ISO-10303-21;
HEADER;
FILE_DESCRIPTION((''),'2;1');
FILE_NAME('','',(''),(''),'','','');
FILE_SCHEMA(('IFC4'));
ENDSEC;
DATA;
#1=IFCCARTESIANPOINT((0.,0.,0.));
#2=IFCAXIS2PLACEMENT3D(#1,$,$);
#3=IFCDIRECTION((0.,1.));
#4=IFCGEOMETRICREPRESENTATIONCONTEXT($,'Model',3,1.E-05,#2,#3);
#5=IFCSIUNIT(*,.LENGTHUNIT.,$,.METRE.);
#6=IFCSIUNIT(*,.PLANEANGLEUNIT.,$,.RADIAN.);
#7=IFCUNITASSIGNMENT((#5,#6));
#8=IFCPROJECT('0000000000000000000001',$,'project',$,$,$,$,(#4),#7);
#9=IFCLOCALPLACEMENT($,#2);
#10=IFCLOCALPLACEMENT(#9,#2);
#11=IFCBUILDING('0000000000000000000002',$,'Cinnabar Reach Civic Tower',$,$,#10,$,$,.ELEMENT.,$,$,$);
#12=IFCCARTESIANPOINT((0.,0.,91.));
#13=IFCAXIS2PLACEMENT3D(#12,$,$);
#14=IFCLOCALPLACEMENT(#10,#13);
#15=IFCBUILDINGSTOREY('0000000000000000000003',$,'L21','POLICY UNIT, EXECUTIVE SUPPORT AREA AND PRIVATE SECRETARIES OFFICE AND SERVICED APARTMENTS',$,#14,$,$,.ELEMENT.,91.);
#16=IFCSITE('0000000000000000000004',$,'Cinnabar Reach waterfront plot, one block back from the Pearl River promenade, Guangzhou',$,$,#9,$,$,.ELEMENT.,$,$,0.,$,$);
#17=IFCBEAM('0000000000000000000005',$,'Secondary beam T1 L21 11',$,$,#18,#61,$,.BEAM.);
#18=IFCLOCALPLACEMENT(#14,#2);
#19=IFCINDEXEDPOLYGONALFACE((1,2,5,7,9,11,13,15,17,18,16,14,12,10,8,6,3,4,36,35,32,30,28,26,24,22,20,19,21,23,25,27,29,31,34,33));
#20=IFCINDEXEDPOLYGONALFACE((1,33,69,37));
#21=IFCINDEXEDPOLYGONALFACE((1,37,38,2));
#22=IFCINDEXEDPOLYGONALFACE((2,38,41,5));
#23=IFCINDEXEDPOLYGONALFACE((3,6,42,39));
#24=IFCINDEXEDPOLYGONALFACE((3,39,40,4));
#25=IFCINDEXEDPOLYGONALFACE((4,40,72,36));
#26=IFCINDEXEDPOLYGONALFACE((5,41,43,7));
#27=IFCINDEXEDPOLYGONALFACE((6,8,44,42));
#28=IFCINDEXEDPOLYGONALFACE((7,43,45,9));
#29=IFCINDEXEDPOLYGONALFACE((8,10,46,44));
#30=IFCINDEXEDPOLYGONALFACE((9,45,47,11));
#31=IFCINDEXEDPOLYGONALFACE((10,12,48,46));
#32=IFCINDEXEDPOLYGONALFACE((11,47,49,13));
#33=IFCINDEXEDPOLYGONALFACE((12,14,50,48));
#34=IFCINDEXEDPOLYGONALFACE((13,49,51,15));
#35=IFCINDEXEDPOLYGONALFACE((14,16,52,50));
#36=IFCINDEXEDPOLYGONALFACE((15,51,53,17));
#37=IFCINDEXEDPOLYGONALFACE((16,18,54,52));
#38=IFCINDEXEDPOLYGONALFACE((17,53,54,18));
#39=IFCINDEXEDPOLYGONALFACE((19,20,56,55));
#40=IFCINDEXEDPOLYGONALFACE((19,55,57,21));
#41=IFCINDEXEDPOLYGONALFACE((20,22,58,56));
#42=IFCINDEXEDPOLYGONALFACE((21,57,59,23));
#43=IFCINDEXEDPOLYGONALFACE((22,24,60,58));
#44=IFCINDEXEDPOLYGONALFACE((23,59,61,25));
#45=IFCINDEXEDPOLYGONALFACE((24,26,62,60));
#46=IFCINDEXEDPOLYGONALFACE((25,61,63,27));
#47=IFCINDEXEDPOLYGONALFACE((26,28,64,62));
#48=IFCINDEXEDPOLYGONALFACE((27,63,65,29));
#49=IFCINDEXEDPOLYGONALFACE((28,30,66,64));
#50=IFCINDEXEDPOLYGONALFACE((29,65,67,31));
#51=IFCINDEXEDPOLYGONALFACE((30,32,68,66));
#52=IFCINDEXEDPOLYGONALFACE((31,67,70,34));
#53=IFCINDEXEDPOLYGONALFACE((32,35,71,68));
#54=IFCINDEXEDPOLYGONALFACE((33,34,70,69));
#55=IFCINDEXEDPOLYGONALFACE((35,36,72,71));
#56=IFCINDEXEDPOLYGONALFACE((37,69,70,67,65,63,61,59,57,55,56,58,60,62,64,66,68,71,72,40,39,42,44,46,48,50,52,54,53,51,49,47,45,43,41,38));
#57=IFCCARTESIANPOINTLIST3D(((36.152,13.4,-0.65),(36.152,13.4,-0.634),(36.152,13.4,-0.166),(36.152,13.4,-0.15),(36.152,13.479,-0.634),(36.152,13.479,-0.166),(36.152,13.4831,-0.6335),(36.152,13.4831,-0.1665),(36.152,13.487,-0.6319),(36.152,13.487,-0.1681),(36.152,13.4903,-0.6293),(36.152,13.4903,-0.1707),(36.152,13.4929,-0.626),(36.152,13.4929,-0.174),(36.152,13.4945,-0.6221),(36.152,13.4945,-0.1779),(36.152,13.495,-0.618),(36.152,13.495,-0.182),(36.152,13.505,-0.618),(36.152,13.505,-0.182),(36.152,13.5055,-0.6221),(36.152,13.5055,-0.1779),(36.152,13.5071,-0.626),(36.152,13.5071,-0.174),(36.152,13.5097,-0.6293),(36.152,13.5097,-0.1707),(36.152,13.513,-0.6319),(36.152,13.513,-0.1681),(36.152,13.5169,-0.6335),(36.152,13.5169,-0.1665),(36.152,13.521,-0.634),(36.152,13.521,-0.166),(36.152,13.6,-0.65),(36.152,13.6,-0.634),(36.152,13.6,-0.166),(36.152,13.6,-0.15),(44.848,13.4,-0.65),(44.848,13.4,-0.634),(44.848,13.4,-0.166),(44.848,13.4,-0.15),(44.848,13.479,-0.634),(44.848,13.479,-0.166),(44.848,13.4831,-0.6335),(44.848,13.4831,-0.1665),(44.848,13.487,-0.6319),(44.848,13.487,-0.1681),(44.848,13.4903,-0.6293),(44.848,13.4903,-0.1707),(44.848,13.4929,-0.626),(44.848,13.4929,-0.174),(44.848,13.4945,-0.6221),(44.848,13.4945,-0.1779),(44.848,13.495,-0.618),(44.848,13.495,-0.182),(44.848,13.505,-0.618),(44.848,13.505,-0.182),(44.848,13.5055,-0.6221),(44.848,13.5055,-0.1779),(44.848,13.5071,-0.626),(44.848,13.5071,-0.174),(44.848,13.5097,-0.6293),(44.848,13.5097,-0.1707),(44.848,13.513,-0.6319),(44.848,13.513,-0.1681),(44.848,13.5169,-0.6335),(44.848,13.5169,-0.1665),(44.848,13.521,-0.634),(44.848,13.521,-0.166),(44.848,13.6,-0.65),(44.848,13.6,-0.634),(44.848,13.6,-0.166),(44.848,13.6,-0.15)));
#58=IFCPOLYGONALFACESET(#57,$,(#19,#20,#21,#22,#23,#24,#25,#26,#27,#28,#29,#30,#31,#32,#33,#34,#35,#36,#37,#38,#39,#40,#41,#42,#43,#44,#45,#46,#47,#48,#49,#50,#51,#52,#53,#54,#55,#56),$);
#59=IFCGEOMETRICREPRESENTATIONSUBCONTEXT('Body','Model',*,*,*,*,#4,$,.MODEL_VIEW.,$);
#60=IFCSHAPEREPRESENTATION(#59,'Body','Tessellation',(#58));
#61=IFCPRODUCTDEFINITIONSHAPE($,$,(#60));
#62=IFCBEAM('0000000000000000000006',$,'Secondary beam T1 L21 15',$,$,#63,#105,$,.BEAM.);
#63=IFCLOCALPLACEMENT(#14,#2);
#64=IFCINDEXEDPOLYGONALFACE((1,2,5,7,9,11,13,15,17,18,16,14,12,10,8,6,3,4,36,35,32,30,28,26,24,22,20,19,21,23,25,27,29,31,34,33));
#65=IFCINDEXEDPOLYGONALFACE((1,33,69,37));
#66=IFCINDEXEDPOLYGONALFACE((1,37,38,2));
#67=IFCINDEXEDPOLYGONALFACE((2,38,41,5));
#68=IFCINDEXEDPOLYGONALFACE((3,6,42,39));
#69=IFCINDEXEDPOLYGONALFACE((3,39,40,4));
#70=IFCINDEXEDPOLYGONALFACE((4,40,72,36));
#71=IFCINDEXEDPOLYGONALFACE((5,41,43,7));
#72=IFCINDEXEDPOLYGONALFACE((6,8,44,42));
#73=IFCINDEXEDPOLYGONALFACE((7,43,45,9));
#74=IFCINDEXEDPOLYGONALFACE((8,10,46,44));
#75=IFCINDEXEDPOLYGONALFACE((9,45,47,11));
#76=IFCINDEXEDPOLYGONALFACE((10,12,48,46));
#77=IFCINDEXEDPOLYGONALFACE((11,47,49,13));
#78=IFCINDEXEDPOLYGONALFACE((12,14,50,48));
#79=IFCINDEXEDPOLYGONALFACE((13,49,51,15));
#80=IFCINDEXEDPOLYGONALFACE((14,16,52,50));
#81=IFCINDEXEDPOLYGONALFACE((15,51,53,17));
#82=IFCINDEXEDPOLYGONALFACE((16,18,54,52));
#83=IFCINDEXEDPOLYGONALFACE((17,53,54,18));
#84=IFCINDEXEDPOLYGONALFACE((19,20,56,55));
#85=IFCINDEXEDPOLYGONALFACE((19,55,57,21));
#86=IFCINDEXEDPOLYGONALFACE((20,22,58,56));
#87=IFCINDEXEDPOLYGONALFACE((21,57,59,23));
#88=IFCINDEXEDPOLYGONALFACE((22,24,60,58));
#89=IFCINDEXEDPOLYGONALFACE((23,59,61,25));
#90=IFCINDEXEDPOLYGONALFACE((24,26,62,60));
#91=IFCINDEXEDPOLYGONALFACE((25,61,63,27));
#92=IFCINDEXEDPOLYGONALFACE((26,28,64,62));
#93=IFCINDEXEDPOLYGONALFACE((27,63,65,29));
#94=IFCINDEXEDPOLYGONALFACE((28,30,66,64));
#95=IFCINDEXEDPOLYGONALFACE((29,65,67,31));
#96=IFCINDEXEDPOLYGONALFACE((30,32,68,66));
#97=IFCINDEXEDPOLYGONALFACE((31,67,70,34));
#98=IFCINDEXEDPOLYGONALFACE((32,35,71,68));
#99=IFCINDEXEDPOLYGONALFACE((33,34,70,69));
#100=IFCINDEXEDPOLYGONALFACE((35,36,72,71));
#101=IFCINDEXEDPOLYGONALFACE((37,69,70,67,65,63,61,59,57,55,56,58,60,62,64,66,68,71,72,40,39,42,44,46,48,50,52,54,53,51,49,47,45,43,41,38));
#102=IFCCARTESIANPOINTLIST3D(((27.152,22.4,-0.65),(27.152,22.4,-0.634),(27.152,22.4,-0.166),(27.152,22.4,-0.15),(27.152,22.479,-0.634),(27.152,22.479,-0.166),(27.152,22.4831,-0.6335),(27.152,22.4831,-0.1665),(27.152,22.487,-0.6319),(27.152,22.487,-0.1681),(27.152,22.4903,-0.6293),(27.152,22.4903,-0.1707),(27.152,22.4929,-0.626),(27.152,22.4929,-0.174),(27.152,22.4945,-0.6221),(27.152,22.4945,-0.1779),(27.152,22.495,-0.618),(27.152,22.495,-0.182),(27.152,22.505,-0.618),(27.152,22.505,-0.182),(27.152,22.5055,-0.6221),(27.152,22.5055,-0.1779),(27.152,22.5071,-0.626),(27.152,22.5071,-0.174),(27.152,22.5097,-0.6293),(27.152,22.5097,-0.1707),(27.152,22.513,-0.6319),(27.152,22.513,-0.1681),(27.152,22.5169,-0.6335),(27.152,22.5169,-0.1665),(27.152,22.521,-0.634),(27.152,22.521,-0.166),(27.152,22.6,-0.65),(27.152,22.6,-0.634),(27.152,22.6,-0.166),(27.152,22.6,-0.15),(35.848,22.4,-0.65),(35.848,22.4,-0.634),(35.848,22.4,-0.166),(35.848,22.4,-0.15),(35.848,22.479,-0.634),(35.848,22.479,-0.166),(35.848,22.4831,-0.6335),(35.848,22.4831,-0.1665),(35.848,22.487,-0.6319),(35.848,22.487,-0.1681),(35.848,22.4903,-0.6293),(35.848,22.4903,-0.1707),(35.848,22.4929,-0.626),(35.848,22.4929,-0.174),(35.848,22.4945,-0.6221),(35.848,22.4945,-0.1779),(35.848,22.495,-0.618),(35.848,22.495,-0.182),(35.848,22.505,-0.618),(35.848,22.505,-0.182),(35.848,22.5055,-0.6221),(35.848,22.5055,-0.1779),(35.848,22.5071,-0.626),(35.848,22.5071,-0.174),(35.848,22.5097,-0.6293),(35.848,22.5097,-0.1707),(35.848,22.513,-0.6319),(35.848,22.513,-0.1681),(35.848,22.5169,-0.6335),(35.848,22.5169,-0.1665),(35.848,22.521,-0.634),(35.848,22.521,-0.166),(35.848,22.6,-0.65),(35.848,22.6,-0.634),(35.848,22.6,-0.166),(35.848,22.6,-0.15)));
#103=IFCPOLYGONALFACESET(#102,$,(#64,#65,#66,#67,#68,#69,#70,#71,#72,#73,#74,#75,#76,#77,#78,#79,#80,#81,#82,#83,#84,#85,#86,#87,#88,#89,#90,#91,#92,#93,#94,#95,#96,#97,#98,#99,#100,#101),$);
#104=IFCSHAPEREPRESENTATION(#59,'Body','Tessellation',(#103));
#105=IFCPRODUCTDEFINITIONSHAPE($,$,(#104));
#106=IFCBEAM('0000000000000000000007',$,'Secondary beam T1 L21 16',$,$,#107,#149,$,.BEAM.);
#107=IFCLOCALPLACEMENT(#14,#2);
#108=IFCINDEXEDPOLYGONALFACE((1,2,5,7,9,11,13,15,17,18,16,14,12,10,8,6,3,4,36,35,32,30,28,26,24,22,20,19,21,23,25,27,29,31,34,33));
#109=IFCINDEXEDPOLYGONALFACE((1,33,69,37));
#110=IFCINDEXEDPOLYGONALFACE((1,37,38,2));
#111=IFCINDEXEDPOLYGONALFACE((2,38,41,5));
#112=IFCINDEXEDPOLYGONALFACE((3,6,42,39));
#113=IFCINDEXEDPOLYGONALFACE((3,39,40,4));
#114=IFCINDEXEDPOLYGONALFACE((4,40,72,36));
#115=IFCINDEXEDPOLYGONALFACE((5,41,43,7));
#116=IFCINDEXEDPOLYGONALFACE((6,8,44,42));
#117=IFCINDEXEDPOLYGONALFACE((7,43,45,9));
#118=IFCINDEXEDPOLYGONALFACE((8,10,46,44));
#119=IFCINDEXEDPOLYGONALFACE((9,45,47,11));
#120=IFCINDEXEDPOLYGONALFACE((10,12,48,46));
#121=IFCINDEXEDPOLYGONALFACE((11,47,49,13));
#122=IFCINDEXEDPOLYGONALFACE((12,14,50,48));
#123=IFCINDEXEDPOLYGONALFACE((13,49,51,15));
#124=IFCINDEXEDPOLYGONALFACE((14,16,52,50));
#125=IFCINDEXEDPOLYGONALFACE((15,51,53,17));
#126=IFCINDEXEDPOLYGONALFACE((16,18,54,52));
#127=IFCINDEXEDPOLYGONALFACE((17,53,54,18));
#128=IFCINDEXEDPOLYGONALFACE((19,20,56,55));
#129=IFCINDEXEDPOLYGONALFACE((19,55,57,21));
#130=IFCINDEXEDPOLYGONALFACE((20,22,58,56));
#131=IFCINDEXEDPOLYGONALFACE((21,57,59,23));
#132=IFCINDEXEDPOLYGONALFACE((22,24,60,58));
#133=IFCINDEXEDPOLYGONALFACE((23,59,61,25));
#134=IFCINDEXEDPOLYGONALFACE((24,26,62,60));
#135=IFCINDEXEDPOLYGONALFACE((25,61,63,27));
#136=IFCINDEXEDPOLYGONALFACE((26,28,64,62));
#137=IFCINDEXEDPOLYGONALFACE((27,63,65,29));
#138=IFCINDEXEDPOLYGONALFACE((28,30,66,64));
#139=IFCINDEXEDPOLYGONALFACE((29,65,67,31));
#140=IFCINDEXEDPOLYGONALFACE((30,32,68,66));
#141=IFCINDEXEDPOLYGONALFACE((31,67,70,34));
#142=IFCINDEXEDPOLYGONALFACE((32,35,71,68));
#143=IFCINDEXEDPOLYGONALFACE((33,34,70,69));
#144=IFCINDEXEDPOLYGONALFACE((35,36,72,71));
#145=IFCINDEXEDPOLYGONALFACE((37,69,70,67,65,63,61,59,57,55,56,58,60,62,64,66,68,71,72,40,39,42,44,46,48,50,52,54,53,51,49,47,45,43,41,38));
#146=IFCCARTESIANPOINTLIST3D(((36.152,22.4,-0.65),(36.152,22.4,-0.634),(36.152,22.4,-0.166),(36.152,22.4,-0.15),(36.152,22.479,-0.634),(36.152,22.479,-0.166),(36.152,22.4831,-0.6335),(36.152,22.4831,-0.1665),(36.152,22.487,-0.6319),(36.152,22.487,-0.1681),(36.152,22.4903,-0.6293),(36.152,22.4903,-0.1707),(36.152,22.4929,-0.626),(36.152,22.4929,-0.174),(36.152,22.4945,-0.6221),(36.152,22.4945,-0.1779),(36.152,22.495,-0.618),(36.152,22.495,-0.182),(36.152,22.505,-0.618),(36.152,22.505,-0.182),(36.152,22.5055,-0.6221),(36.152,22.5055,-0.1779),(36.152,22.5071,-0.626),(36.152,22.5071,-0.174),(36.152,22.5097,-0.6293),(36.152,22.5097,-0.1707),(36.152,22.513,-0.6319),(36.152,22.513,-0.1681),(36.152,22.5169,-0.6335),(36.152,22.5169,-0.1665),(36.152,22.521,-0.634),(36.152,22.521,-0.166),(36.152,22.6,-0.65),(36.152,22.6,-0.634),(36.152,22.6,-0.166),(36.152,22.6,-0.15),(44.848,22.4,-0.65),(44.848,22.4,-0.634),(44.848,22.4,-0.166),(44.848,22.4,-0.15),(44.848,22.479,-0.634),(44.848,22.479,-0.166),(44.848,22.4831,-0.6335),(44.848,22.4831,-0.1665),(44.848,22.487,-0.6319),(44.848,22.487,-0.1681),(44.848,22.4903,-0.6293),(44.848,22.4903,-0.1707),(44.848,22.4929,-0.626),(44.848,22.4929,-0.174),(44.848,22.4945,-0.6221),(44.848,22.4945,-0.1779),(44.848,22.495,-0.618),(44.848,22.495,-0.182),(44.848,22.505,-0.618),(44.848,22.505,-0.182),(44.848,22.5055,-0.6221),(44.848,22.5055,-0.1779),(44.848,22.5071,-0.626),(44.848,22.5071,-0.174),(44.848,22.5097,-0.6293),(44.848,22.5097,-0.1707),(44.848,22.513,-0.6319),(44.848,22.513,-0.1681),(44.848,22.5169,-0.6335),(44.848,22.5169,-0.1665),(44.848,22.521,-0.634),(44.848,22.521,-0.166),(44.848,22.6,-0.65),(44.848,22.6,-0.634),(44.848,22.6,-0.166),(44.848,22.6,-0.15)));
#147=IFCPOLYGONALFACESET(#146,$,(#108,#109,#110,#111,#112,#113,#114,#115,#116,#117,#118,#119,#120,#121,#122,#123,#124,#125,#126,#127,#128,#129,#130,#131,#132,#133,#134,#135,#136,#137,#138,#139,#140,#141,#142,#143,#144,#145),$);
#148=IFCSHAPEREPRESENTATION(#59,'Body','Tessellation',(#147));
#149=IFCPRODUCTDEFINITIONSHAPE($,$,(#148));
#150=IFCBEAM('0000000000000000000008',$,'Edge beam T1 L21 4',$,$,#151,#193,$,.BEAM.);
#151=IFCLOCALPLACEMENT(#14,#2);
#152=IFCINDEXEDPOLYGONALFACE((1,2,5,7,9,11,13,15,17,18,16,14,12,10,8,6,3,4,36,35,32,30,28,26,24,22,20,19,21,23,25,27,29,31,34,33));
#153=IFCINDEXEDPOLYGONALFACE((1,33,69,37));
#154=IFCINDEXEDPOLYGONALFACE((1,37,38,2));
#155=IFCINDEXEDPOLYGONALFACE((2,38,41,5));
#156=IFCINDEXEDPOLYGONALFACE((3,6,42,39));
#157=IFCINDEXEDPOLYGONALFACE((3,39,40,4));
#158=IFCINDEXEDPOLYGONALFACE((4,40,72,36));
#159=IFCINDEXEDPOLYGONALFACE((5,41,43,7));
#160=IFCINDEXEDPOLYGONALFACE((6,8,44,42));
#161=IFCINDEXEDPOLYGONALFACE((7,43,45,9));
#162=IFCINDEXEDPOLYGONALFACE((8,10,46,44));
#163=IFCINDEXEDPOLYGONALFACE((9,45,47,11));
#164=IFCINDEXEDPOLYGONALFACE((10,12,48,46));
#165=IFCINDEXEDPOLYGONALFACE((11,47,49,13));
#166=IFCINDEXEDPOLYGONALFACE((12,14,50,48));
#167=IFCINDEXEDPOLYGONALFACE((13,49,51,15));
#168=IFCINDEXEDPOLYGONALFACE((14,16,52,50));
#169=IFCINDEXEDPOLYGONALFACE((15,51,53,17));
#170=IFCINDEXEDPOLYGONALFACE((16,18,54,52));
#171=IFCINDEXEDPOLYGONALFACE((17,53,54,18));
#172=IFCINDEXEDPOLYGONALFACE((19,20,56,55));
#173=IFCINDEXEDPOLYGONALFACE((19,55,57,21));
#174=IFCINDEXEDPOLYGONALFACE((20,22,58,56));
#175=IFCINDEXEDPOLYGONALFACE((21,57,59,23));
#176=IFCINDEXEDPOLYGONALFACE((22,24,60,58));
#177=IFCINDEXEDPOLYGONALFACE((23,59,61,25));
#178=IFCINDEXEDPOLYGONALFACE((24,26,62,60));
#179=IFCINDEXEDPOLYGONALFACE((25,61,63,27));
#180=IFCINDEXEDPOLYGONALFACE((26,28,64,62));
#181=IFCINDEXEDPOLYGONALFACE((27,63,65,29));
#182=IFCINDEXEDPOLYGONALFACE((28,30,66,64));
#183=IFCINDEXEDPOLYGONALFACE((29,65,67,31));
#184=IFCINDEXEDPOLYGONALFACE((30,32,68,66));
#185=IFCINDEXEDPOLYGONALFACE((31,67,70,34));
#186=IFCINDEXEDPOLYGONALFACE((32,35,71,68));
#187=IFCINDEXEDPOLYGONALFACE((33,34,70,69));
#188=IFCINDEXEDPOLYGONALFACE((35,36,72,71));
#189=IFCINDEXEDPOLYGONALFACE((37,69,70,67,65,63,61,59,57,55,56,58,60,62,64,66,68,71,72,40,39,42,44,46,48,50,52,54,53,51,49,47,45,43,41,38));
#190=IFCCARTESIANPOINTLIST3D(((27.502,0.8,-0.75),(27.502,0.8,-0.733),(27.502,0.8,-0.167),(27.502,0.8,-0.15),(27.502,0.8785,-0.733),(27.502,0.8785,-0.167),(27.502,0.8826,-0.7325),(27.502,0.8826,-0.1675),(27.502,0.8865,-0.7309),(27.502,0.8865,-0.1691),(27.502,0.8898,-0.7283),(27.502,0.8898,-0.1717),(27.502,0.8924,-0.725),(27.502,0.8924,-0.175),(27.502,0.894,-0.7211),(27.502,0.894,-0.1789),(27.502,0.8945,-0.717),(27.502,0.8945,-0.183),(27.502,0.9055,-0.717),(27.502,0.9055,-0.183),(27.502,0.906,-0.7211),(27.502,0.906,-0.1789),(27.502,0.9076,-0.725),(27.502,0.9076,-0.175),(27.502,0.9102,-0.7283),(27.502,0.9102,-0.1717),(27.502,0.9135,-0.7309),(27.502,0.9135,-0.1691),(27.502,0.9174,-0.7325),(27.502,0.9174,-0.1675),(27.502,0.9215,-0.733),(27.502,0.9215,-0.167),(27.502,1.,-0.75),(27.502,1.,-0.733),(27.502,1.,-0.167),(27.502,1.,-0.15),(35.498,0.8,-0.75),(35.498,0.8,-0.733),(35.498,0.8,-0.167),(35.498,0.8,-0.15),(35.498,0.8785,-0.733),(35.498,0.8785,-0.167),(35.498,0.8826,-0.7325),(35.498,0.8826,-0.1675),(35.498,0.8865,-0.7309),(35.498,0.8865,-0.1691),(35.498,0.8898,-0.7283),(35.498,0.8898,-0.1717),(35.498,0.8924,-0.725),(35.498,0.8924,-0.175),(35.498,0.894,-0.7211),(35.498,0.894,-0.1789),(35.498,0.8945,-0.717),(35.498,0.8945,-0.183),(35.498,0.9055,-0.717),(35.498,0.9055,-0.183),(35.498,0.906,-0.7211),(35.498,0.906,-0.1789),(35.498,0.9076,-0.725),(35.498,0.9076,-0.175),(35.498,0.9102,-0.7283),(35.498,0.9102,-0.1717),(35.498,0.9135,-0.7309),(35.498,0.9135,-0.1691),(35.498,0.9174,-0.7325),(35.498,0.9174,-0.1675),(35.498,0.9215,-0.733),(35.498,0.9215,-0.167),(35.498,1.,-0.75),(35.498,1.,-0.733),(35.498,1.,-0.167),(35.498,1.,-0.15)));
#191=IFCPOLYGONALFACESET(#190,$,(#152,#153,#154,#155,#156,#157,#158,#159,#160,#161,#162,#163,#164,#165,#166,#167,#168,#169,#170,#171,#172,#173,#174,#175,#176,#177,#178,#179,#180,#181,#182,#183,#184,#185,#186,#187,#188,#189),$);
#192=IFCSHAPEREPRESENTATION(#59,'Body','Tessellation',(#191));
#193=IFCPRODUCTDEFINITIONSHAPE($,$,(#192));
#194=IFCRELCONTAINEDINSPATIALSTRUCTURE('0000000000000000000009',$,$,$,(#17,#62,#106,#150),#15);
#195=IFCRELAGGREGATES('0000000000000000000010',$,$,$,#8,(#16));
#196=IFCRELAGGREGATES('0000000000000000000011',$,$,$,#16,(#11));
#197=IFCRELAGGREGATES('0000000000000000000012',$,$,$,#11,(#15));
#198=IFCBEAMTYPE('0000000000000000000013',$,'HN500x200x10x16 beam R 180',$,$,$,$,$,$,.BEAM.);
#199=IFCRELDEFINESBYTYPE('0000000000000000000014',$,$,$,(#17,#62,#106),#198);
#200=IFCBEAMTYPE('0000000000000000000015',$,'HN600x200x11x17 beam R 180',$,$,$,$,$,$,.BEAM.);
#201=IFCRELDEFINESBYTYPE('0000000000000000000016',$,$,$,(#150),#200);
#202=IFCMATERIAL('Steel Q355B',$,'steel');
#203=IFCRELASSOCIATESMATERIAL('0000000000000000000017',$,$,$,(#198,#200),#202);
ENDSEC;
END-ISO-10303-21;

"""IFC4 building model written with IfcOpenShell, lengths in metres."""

from ifc_helpers import new_model, si_unit, direction, frame, origin, origin_2d, place, context, subcontext, project, spatial, i_section, extrude, material, material_profile, profile_set, type_object, element, save


model = new_model("IFC4")

# Units and contexts
model_context = context("Model", 3, precision=1e-05, world=origin(), true_north=direction((0.0, 1.0)))
body_context = subcontext(model_context, "Body", "Model", "MODEL_VIEW")
ifc_project = project(units=[si_unit("LENGTHUNIT", "METRE"), si_unit("PLANEANGLEUNIT", "RADIAN")], contexts=[model_context])

# Site, building, storey
site_placement = place(None, origin())
site = spatial("IfcSite", under=ifc_project, at=site_placement, Name="Cinnabar Reach waterfront plot, one block back from the Pearl River promenade, Guangzhou", CompositionType="ELEMENT", RefElevation=0.0)
building_placement = place(site_placement, origin())
building = spatial("IfcBuilding", under=site, at=building_placement, Name="Cinnabar Reach Civic Tower", CompositionType="ELEMENT")
storey_placement = place(building_placement, frame((0.0, 0.0, 91.0)))
storey = spatial("IfcBuildingStorey", under=building, at=storey_placement, Name="L21", Description="POLICY UNIT, EXECUTIVE SUPPORT AREA AND PRIVATE SECRETARIES OFFICE AND SERVICED APARTMENTS", CompositionType="ELEMENT", Elevation=91.0)

# Beams
ifc_material_1 = material(Name="Steel Q355B", Category="steel")
ifc_material_profile_1 = material_profile(ifc_material_1, i_section(OverallWidth=0.2, OverallDepth=0.5, WebThickness=0.01, FlangeThickness=0.016, FilletRadius=0.016, at=origin_2d()), Name="HN500x200x10x16")
ifc_profile_set_1 = profile_set([ifc_material_profile_1], Name="Steel Q355B")
beam_type_1 = type_object("IfcBeamType", Name="HN500x200x10x16 beam R 180", PredefinedType="BEAM", material=ifc_profile_set_1)
for number, where, z_axis, x_axis, name in (
    (1, (36.152, 13.5, -0.4), (1.0, 0.0, 0.0), (0.0, 1.0, 0.0), "Secondary beam T1 L21 11"),
    (2, (27.152, 22.5, -0.4), (1.0, 0.0, 0.0), (0.0, 1.0, 0.0), "Secondary beam T1 L21 15"),
    (3, (36.152, 22.5, -0.4), (1.0, 0.0, 0.0), (0.0, 1.0, 0.0), "Secondary beam T1 L21 16"),
):
    element("IfcBeam", number, at=place(storey_placement, frame(where, z_axis=z_axis, x_axis=x_axis)), inside=storey, type_object=beam_type_1, Name=name, PredefinedType="BEAM", context=body_context, shape_type="SweptSolid", body=[
        extrude(i_section(OverallWidth=0.2, OverallDepth=0.5, WebThickness=0.01, FlangeThickness=0.016, FilletRadius=0.016, at=origin_2d()), origin(), (0.0, 0.0, 1.0), 8.696),
    ])
ifc_material_profile_2 = material_profile(ifc_material_1, i_section(OverallWidth=0.2, OverallDepth=0.6, WebThickness=0.011, FlangeThickness=0.017, FilletRadius=0.016, at=origin_2d()), Name="HN600x200x11x17")
ifc_profile_set_2 = profile_set([ifc_material_profile_2], Name="Steel Q355B")
beam_type_2 = type_object("IfcBeamType", Name="HN600x200x11x17 beam R 180", PredefinedType="BEAM", material=ifc_profile_set_2)
for number, where, z_axis, x_axis, name in (
    (4, (27.502, 0.9, -0.45), (1.0, 0.0, 0.0), (0.0, 1.0, 0.0), "Edge beam T1 L21 4"),
):
    element("IfcBeam", number, at=place(storey_placement, frame(where, z_axis=z_axis, x_axis=x_axis)), inside=storey, type_object=beam_type_2, Name=name, PredefinedType="BEAM", context=body_context, shape_type="SweptSolid", body=[
        extrude(i_section(OverallWidth=0.2, OverallDepth=0.6, WebThickness=0.011, FlangeThickness=0.017, FilletRadius=0.016, at=origin_2d()), origin(), (0.0, 0.0, 1.0), 7.996),
    ])

save(model, "model.ifc")
